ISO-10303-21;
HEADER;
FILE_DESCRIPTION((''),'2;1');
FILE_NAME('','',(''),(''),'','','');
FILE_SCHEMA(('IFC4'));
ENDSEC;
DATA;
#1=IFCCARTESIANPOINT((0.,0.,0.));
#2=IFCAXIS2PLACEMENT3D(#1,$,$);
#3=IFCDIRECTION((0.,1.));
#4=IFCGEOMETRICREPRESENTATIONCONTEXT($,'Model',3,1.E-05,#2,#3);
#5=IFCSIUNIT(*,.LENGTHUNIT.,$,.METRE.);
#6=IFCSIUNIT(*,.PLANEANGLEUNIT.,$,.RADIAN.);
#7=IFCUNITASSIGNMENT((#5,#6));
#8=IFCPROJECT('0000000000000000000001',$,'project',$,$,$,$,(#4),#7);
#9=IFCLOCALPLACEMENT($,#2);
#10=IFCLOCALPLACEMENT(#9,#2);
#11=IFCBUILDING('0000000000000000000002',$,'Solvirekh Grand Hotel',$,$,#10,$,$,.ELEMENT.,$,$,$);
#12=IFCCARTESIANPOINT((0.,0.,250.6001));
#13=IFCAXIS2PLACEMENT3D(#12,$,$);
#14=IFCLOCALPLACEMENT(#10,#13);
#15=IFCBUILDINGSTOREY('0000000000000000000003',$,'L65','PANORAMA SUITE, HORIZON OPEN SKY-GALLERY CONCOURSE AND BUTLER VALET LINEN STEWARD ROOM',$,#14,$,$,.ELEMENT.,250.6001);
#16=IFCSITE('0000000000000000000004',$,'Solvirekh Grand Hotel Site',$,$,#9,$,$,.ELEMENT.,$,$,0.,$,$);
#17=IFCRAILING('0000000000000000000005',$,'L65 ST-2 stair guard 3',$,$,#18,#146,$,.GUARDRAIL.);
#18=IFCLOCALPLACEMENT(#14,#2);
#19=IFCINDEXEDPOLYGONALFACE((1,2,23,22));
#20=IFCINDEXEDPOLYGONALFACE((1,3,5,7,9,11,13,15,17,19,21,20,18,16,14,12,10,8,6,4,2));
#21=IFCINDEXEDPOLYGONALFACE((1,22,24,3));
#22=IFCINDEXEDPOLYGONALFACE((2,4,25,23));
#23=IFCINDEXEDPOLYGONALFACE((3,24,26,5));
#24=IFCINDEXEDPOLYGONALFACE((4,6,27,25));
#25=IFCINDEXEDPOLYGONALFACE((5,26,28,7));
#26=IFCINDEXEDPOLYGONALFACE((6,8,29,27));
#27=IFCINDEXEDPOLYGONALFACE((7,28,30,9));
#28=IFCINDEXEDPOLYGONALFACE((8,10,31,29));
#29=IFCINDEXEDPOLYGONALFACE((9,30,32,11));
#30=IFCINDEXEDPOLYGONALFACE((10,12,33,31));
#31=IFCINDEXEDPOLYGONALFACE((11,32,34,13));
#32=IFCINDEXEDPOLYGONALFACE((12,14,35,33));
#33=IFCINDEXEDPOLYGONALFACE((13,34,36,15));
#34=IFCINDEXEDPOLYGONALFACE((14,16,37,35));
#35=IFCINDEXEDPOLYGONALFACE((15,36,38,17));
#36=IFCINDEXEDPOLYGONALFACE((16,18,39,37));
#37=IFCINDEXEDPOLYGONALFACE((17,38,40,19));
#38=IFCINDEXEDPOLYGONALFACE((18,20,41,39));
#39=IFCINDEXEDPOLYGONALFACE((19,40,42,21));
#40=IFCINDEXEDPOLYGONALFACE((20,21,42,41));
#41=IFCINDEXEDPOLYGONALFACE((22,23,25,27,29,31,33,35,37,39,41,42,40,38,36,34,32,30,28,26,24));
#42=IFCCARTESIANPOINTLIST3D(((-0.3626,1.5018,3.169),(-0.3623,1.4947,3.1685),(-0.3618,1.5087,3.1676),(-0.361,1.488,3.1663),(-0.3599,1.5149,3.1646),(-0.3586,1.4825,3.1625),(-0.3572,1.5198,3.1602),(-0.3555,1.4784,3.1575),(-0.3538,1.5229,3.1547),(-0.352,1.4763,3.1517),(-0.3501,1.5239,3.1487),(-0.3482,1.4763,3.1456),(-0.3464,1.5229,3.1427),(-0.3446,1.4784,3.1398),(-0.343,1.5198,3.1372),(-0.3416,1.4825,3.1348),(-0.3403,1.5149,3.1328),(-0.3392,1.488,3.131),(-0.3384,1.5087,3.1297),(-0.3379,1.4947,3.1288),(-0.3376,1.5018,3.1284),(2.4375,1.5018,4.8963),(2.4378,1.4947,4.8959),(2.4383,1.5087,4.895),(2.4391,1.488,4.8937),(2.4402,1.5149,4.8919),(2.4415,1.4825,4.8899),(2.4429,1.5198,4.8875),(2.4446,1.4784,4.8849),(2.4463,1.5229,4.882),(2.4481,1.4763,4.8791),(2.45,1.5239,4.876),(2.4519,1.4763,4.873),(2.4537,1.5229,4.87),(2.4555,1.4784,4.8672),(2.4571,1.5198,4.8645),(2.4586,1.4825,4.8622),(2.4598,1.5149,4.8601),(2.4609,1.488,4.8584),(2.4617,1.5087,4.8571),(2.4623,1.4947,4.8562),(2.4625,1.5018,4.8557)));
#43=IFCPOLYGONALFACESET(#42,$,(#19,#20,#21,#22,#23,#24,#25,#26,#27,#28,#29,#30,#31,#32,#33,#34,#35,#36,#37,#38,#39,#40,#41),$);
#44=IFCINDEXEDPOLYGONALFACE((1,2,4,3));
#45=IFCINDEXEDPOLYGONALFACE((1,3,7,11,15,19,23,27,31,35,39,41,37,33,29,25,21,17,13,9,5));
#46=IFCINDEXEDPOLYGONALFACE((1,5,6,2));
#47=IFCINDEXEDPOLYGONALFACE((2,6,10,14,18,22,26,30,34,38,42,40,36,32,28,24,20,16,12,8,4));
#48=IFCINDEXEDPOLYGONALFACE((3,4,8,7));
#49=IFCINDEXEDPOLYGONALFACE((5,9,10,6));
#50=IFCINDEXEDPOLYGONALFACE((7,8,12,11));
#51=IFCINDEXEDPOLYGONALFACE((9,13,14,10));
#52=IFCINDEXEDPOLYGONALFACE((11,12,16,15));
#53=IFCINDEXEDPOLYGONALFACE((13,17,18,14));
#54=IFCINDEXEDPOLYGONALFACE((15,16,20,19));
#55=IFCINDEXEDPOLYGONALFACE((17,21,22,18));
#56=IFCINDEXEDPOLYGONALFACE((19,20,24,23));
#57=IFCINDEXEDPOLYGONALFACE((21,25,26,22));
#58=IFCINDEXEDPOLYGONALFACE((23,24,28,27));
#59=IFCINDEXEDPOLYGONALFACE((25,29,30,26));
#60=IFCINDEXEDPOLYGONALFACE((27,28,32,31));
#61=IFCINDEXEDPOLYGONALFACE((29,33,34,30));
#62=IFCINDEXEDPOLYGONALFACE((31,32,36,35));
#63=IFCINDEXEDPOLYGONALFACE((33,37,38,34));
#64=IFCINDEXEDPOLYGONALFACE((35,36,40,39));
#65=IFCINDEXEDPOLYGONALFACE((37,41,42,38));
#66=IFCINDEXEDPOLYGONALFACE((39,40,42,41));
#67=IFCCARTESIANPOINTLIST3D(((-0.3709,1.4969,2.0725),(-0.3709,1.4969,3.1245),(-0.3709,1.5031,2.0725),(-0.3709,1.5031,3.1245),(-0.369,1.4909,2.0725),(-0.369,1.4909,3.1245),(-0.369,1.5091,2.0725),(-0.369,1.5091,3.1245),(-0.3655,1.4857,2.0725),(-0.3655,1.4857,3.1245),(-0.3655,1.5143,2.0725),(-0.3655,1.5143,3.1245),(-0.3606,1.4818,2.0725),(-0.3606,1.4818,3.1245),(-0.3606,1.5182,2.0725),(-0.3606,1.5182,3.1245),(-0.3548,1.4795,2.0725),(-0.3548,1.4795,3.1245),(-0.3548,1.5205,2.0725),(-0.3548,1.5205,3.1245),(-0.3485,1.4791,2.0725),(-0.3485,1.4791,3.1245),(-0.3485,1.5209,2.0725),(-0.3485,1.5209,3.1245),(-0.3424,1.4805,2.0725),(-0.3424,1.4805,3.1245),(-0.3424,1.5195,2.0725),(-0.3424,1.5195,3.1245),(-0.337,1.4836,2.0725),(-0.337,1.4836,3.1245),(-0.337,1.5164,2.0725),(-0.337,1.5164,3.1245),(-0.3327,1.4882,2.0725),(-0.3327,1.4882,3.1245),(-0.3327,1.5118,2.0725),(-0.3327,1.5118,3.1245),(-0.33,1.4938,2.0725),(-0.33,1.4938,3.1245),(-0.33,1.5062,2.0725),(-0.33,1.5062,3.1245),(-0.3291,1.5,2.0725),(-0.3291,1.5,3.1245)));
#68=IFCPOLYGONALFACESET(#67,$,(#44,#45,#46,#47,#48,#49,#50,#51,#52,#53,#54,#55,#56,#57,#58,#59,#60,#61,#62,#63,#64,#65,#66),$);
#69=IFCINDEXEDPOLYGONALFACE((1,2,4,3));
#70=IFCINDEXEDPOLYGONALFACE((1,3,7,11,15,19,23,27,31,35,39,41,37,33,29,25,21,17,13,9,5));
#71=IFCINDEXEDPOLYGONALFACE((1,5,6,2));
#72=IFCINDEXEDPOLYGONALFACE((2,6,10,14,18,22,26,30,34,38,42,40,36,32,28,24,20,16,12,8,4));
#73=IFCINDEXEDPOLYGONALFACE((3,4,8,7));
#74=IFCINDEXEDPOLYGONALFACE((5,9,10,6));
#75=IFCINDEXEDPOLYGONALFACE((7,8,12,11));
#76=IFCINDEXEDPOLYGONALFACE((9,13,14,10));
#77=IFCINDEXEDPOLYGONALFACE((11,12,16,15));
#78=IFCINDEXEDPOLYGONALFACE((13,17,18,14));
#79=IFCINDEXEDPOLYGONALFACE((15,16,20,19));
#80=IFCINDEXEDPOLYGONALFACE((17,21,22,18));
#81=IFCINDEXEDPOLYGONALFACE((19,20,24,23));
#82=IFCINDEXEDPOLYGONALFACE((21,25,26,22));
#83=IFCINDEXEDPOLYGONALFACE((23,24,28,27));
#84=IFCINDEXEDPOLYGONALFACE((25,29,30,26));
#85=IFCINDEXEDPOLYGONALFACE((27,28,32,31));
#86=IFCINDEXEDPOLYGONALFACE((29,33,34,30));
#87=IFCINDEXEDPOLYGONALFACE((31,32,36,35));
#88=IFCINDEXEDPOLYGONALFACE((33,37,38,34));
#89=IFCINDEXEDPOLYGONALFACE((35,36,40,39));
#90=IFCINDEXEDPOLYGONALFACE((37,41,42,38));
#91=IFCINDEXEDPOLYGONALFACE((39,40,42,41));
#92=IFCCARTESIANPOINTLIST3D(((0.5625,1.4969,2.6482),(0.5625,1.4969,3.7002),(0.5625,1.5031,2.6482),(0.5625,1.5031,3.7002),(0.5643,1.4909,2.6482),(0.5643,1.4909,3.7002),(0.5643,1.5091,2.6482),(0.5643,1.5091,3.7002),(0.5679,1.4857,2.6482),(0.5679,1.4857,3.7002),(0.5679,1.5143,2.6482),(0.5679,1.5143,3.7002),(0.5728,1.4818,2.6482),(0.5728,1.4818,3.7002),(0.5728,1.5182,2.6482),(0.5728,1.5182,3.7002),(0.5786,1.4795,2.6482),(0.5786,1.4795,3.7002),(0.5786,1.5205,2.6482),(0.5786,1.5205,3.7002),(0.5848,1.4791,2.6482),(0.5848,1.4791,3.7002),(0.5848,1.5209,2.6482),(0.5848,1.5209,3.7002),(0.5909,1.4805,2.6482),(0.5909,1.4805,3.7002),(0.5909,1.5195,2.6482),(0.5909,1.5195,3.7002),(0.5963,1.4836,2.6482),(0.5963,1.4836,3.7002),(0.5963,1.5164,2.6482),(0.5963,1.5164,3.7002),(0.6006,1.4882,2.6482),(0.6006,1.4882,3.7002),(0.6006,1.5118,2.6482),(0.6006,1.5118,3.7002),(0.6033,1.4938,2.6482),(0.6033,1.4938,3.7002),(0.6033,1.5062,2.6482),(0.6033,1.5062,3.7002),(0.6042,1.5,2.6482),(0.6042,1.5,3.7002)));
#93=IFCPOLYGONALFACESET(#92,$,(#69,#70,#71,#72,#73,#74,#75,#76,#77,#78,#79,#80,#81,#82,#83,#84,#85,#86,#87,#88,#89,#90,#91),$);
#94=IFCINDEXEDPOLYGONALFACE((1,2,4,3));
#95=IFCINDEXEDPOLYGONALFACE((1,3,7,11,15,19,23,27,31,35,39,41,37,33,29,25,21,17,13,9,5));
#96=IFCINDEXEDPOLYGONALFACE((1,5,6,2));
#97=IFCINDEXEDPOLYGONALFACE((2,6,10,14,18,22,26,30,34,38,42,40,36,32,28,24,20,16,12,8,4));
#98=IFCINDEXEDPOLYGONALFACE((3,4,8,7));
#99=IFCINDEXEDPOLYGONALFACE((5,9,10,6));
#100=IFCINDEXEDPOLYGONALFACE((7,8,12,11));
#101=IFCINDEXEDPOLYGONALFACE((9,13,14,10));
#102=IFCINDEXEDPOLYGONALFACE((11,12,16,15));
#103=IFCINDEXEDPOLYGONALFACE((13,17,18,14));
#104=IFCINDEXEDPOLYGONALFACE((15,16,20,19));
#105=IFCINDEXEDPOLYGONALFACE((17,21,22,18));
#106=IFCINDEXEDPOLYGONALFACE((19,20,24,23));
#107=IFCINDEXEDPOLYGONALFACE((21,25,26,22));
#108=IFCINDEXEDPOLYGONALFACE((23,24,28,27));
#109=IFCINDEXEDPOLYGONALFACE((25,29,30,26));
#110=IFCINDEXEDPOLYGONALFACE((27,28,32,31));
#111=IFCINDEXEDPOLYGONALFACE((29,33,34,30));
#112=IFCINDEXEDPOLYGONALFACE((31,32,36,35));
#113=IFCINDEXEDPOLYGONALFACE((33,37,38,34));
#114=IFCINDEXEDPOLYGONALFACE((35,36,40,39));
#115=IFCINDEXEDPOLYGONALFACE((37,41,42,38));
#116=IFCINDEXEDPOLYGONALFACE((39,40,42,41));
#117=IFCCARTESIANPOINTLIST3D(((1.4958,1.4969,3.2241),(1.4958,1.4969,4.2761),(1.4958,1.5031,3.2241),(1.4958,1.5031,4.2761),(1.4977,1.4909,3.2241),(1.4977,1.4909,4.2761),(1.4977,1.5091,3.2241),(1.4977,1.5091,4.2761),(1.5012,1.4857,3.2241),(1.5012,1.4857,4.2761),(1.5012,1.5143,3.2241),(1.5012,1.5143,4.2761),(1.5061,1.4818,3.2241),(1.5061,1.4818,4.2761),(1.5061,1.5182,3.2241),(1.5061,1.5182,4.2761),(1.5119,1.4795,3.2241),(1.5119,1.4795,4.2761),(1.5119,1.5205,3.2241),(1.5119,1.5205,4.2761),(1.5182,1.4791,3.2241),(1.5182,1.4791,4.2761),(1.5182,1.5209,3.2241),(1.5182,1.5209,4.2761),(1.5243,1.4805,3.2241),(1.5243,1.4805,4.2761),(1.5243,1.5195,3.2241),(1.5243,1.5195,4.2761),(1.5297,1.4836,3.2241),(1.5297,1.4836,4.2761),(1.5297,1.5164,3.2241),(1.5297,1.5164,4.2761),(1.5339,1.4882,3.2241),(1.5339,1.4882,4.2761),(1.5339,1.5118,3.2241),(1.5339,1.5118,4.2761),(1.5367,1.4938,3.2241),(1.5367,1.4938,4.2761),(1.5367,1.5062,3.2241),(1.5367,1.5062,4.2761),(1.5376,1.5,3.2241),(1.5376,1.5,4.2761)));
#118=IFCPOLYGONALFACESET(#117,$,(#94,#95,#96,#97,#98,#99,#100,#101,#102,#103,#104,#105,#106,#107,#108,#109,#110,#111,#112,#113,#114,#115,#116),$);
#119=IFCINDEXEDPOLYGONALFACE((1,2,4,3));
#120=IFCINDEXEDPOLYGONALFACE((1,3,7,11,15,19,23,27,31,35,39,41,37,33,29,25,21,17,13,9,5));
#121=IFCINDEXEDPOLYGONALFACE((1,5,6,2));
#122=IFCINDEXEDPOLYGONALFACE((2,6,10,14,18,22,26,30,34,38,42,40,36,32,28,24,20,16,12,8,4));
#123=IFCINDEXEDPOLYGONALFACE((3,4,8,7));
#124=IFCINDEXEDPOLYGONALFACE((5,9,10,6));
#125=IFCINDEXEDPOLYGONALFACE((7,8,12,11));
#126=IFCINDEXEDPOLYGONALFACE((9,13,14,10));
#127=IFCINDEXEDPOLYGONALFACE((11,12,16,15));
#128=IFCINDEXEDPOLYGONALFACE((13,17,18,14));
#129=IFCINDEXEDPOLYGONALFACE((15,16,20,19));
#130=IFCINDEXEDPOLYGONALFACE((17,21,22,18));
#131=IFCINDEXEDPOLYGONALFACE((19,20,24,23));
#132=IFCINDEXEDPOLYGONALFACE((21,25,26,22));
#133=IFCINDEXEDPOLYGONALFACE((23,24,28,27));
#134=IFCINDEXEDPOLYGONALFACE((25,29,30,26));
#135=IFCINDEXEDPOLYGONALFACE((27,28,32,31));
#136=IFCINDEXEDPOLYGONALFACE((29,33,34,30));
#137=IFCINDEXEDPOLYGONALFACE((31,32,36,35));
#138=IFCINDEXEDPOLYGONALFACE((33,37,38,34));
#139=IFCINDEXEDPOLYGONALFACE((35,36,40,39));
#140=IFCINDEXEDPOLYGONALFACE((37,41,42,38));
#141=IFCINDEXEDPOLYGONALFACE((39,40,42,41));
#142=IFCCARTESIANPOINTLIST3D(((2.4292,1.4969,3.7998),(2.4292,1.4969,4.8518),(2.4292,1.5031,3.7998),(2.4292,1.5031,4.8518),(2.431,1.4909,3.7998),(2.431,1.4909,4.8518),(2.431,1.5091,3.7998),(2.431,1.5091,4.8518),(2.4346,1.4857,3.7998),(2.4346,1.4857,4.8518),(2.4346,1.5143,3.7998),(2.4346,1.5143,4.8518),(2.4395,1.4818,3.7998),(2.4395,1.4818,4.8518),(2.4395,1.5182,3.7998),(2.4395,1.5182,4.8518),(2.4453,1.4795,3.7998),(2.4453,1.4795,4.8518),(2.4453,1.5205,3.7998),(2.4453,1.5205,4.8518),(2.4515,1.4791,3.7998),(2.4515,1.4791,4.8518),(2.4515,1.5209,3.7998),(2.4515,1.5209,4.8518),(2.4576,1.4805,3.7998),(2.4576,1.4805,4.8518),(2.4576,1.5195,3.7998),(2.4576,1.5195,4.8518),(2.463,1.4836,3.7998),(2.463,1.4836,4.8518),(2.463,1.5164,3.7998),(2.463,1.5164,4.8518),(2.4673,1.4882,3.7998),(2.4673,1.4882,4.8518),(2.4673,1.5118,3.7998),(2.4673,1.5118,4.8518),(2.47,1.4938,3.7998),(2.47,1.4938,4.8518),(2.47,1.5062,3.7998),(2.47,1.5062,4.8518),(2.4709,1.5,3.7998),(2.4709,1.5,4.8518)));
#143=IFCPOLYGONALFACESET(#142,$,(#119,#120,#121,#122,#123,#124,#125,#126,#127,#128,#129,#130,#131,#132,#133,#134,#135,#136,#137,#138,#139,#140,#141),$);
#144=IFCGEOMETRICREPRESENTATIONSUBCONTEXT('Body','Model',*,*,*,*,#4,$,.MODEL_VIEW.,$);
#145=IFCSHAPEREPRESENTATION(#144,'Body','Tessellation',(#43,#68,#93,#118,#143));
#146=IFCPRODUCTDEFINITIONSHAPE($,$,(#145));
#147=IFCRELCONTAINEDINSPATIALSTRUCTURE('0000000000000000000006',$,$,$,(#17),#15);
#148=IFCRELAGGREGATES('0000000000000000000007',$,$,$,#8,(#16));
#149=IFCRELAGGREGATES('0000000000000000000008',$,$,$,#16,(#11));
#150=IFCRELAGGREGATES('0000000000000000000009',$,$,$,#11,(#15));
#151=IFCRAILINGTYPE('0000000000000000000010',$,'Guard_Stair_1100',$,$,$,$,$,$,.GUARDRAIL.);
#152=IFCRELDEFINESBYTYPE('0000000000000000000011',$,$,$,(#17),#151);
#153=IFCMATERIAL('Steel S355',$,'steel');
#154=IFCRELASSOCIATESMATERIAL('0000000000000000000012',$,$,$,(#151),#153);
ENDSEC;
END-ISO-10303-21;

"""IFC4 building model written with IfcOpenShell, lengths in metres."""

from ifc_helpers import new_model, si_unit, direction, frame, origin, origin_2d, place, context, subcontext, project, spatial, circle, extrude, material, type_object, element, save


model = new_model("IFC4")

# Units and contexts
model_context = context("Model", 3, precision=1e-05, world=origin(), true_north=direction((0.0, 1.0)))
body_context = subcontext(model_context, "Body", "Model", "MODEL_VIEW")
ifc_project = project(units=[si_unit("LENGTHUNIT", "METRE"), si_unit("PLANEANGLEUNIT", "RADIAN")], contexts=[model_context])

# Site, building, storey
site_placement = place(None, origin())
site = spatial("IfcSite", under=ifc_project, at=site_placement, Name="Solvirekh Grand Hotel Site", CompositionType="ELEMENT", RefElevation=0.0)
building_placement = place(site_placement, origin())
building = spatial("IfcBuilding", under=site, at=building_placement, Name="Solvirekh Grand Hotel", CompositionType="ELEMENT")
storey_placement = place(building_placement, frame((0.0, 0.0, 250.6001)))
storey = spatial("IfcBuildingStorey", under=building, at=storey_placement, Name="L65", Description="PANORAMA SUITE, HORIZON OPEN SKY-GALLERY CONCOURSE AND BUTLER VALET LINEN STEWARD ROOM", CompositionType="ELEMENT", Elevation=250.6001)

# Railing
ifc_material_1 = material(Name="Steel S355", Category="steel")
railing_type_1 = type_object("IfcRailingType", Name="Guard_Stair_1100", PredefinedType="GUARDRAIL", material=ifc_material_1)
railing_1_placement = place(storey_placement, frame((-0.3501, 1.5, 2.0725)))
element("IfcRailing", 1, at=railing_1_placement, inside=storey, type_object=railing_type_1, Name="L65 ST-2 stair guard 3", PredefinedType="GUARDRAIL", context=body_context, shape_type="SweptSolid", body=[
    extrude(circle(Radius=0.0239, at=origin_2d()), frame((0.0, 0.0, 1.0762), z_axis=(0.85109, 0.0, 0.52502), x_axis=(0.0, 1.0, 0.0)), (0.0, 0.0, 1.0), 3.29),
    extrude(circle(Radius=0.021, at=origin_2d()), origin(), (0.0, 0.0, 1.0), 1.052),
    extrude(circle(Radius=0.021, at=origin_2d()), frame((0.9333, 0.0, 0.5757)), (0.0, 0.0, 1.0), 1.052),
    extrude(circle(Radius=0.021, at=origin_2d()), frame((1.8667, 0.0, 1.1516)), (0.0, 0.0, 1.0), 1.052),
    extrude(circle(Radius=0.021, at=origin_2d()), frame((2.8, 0.0, 1.7273)), (0.0, 0.0, 1.0), 1.052),
])

save(model, "model.ifc")
